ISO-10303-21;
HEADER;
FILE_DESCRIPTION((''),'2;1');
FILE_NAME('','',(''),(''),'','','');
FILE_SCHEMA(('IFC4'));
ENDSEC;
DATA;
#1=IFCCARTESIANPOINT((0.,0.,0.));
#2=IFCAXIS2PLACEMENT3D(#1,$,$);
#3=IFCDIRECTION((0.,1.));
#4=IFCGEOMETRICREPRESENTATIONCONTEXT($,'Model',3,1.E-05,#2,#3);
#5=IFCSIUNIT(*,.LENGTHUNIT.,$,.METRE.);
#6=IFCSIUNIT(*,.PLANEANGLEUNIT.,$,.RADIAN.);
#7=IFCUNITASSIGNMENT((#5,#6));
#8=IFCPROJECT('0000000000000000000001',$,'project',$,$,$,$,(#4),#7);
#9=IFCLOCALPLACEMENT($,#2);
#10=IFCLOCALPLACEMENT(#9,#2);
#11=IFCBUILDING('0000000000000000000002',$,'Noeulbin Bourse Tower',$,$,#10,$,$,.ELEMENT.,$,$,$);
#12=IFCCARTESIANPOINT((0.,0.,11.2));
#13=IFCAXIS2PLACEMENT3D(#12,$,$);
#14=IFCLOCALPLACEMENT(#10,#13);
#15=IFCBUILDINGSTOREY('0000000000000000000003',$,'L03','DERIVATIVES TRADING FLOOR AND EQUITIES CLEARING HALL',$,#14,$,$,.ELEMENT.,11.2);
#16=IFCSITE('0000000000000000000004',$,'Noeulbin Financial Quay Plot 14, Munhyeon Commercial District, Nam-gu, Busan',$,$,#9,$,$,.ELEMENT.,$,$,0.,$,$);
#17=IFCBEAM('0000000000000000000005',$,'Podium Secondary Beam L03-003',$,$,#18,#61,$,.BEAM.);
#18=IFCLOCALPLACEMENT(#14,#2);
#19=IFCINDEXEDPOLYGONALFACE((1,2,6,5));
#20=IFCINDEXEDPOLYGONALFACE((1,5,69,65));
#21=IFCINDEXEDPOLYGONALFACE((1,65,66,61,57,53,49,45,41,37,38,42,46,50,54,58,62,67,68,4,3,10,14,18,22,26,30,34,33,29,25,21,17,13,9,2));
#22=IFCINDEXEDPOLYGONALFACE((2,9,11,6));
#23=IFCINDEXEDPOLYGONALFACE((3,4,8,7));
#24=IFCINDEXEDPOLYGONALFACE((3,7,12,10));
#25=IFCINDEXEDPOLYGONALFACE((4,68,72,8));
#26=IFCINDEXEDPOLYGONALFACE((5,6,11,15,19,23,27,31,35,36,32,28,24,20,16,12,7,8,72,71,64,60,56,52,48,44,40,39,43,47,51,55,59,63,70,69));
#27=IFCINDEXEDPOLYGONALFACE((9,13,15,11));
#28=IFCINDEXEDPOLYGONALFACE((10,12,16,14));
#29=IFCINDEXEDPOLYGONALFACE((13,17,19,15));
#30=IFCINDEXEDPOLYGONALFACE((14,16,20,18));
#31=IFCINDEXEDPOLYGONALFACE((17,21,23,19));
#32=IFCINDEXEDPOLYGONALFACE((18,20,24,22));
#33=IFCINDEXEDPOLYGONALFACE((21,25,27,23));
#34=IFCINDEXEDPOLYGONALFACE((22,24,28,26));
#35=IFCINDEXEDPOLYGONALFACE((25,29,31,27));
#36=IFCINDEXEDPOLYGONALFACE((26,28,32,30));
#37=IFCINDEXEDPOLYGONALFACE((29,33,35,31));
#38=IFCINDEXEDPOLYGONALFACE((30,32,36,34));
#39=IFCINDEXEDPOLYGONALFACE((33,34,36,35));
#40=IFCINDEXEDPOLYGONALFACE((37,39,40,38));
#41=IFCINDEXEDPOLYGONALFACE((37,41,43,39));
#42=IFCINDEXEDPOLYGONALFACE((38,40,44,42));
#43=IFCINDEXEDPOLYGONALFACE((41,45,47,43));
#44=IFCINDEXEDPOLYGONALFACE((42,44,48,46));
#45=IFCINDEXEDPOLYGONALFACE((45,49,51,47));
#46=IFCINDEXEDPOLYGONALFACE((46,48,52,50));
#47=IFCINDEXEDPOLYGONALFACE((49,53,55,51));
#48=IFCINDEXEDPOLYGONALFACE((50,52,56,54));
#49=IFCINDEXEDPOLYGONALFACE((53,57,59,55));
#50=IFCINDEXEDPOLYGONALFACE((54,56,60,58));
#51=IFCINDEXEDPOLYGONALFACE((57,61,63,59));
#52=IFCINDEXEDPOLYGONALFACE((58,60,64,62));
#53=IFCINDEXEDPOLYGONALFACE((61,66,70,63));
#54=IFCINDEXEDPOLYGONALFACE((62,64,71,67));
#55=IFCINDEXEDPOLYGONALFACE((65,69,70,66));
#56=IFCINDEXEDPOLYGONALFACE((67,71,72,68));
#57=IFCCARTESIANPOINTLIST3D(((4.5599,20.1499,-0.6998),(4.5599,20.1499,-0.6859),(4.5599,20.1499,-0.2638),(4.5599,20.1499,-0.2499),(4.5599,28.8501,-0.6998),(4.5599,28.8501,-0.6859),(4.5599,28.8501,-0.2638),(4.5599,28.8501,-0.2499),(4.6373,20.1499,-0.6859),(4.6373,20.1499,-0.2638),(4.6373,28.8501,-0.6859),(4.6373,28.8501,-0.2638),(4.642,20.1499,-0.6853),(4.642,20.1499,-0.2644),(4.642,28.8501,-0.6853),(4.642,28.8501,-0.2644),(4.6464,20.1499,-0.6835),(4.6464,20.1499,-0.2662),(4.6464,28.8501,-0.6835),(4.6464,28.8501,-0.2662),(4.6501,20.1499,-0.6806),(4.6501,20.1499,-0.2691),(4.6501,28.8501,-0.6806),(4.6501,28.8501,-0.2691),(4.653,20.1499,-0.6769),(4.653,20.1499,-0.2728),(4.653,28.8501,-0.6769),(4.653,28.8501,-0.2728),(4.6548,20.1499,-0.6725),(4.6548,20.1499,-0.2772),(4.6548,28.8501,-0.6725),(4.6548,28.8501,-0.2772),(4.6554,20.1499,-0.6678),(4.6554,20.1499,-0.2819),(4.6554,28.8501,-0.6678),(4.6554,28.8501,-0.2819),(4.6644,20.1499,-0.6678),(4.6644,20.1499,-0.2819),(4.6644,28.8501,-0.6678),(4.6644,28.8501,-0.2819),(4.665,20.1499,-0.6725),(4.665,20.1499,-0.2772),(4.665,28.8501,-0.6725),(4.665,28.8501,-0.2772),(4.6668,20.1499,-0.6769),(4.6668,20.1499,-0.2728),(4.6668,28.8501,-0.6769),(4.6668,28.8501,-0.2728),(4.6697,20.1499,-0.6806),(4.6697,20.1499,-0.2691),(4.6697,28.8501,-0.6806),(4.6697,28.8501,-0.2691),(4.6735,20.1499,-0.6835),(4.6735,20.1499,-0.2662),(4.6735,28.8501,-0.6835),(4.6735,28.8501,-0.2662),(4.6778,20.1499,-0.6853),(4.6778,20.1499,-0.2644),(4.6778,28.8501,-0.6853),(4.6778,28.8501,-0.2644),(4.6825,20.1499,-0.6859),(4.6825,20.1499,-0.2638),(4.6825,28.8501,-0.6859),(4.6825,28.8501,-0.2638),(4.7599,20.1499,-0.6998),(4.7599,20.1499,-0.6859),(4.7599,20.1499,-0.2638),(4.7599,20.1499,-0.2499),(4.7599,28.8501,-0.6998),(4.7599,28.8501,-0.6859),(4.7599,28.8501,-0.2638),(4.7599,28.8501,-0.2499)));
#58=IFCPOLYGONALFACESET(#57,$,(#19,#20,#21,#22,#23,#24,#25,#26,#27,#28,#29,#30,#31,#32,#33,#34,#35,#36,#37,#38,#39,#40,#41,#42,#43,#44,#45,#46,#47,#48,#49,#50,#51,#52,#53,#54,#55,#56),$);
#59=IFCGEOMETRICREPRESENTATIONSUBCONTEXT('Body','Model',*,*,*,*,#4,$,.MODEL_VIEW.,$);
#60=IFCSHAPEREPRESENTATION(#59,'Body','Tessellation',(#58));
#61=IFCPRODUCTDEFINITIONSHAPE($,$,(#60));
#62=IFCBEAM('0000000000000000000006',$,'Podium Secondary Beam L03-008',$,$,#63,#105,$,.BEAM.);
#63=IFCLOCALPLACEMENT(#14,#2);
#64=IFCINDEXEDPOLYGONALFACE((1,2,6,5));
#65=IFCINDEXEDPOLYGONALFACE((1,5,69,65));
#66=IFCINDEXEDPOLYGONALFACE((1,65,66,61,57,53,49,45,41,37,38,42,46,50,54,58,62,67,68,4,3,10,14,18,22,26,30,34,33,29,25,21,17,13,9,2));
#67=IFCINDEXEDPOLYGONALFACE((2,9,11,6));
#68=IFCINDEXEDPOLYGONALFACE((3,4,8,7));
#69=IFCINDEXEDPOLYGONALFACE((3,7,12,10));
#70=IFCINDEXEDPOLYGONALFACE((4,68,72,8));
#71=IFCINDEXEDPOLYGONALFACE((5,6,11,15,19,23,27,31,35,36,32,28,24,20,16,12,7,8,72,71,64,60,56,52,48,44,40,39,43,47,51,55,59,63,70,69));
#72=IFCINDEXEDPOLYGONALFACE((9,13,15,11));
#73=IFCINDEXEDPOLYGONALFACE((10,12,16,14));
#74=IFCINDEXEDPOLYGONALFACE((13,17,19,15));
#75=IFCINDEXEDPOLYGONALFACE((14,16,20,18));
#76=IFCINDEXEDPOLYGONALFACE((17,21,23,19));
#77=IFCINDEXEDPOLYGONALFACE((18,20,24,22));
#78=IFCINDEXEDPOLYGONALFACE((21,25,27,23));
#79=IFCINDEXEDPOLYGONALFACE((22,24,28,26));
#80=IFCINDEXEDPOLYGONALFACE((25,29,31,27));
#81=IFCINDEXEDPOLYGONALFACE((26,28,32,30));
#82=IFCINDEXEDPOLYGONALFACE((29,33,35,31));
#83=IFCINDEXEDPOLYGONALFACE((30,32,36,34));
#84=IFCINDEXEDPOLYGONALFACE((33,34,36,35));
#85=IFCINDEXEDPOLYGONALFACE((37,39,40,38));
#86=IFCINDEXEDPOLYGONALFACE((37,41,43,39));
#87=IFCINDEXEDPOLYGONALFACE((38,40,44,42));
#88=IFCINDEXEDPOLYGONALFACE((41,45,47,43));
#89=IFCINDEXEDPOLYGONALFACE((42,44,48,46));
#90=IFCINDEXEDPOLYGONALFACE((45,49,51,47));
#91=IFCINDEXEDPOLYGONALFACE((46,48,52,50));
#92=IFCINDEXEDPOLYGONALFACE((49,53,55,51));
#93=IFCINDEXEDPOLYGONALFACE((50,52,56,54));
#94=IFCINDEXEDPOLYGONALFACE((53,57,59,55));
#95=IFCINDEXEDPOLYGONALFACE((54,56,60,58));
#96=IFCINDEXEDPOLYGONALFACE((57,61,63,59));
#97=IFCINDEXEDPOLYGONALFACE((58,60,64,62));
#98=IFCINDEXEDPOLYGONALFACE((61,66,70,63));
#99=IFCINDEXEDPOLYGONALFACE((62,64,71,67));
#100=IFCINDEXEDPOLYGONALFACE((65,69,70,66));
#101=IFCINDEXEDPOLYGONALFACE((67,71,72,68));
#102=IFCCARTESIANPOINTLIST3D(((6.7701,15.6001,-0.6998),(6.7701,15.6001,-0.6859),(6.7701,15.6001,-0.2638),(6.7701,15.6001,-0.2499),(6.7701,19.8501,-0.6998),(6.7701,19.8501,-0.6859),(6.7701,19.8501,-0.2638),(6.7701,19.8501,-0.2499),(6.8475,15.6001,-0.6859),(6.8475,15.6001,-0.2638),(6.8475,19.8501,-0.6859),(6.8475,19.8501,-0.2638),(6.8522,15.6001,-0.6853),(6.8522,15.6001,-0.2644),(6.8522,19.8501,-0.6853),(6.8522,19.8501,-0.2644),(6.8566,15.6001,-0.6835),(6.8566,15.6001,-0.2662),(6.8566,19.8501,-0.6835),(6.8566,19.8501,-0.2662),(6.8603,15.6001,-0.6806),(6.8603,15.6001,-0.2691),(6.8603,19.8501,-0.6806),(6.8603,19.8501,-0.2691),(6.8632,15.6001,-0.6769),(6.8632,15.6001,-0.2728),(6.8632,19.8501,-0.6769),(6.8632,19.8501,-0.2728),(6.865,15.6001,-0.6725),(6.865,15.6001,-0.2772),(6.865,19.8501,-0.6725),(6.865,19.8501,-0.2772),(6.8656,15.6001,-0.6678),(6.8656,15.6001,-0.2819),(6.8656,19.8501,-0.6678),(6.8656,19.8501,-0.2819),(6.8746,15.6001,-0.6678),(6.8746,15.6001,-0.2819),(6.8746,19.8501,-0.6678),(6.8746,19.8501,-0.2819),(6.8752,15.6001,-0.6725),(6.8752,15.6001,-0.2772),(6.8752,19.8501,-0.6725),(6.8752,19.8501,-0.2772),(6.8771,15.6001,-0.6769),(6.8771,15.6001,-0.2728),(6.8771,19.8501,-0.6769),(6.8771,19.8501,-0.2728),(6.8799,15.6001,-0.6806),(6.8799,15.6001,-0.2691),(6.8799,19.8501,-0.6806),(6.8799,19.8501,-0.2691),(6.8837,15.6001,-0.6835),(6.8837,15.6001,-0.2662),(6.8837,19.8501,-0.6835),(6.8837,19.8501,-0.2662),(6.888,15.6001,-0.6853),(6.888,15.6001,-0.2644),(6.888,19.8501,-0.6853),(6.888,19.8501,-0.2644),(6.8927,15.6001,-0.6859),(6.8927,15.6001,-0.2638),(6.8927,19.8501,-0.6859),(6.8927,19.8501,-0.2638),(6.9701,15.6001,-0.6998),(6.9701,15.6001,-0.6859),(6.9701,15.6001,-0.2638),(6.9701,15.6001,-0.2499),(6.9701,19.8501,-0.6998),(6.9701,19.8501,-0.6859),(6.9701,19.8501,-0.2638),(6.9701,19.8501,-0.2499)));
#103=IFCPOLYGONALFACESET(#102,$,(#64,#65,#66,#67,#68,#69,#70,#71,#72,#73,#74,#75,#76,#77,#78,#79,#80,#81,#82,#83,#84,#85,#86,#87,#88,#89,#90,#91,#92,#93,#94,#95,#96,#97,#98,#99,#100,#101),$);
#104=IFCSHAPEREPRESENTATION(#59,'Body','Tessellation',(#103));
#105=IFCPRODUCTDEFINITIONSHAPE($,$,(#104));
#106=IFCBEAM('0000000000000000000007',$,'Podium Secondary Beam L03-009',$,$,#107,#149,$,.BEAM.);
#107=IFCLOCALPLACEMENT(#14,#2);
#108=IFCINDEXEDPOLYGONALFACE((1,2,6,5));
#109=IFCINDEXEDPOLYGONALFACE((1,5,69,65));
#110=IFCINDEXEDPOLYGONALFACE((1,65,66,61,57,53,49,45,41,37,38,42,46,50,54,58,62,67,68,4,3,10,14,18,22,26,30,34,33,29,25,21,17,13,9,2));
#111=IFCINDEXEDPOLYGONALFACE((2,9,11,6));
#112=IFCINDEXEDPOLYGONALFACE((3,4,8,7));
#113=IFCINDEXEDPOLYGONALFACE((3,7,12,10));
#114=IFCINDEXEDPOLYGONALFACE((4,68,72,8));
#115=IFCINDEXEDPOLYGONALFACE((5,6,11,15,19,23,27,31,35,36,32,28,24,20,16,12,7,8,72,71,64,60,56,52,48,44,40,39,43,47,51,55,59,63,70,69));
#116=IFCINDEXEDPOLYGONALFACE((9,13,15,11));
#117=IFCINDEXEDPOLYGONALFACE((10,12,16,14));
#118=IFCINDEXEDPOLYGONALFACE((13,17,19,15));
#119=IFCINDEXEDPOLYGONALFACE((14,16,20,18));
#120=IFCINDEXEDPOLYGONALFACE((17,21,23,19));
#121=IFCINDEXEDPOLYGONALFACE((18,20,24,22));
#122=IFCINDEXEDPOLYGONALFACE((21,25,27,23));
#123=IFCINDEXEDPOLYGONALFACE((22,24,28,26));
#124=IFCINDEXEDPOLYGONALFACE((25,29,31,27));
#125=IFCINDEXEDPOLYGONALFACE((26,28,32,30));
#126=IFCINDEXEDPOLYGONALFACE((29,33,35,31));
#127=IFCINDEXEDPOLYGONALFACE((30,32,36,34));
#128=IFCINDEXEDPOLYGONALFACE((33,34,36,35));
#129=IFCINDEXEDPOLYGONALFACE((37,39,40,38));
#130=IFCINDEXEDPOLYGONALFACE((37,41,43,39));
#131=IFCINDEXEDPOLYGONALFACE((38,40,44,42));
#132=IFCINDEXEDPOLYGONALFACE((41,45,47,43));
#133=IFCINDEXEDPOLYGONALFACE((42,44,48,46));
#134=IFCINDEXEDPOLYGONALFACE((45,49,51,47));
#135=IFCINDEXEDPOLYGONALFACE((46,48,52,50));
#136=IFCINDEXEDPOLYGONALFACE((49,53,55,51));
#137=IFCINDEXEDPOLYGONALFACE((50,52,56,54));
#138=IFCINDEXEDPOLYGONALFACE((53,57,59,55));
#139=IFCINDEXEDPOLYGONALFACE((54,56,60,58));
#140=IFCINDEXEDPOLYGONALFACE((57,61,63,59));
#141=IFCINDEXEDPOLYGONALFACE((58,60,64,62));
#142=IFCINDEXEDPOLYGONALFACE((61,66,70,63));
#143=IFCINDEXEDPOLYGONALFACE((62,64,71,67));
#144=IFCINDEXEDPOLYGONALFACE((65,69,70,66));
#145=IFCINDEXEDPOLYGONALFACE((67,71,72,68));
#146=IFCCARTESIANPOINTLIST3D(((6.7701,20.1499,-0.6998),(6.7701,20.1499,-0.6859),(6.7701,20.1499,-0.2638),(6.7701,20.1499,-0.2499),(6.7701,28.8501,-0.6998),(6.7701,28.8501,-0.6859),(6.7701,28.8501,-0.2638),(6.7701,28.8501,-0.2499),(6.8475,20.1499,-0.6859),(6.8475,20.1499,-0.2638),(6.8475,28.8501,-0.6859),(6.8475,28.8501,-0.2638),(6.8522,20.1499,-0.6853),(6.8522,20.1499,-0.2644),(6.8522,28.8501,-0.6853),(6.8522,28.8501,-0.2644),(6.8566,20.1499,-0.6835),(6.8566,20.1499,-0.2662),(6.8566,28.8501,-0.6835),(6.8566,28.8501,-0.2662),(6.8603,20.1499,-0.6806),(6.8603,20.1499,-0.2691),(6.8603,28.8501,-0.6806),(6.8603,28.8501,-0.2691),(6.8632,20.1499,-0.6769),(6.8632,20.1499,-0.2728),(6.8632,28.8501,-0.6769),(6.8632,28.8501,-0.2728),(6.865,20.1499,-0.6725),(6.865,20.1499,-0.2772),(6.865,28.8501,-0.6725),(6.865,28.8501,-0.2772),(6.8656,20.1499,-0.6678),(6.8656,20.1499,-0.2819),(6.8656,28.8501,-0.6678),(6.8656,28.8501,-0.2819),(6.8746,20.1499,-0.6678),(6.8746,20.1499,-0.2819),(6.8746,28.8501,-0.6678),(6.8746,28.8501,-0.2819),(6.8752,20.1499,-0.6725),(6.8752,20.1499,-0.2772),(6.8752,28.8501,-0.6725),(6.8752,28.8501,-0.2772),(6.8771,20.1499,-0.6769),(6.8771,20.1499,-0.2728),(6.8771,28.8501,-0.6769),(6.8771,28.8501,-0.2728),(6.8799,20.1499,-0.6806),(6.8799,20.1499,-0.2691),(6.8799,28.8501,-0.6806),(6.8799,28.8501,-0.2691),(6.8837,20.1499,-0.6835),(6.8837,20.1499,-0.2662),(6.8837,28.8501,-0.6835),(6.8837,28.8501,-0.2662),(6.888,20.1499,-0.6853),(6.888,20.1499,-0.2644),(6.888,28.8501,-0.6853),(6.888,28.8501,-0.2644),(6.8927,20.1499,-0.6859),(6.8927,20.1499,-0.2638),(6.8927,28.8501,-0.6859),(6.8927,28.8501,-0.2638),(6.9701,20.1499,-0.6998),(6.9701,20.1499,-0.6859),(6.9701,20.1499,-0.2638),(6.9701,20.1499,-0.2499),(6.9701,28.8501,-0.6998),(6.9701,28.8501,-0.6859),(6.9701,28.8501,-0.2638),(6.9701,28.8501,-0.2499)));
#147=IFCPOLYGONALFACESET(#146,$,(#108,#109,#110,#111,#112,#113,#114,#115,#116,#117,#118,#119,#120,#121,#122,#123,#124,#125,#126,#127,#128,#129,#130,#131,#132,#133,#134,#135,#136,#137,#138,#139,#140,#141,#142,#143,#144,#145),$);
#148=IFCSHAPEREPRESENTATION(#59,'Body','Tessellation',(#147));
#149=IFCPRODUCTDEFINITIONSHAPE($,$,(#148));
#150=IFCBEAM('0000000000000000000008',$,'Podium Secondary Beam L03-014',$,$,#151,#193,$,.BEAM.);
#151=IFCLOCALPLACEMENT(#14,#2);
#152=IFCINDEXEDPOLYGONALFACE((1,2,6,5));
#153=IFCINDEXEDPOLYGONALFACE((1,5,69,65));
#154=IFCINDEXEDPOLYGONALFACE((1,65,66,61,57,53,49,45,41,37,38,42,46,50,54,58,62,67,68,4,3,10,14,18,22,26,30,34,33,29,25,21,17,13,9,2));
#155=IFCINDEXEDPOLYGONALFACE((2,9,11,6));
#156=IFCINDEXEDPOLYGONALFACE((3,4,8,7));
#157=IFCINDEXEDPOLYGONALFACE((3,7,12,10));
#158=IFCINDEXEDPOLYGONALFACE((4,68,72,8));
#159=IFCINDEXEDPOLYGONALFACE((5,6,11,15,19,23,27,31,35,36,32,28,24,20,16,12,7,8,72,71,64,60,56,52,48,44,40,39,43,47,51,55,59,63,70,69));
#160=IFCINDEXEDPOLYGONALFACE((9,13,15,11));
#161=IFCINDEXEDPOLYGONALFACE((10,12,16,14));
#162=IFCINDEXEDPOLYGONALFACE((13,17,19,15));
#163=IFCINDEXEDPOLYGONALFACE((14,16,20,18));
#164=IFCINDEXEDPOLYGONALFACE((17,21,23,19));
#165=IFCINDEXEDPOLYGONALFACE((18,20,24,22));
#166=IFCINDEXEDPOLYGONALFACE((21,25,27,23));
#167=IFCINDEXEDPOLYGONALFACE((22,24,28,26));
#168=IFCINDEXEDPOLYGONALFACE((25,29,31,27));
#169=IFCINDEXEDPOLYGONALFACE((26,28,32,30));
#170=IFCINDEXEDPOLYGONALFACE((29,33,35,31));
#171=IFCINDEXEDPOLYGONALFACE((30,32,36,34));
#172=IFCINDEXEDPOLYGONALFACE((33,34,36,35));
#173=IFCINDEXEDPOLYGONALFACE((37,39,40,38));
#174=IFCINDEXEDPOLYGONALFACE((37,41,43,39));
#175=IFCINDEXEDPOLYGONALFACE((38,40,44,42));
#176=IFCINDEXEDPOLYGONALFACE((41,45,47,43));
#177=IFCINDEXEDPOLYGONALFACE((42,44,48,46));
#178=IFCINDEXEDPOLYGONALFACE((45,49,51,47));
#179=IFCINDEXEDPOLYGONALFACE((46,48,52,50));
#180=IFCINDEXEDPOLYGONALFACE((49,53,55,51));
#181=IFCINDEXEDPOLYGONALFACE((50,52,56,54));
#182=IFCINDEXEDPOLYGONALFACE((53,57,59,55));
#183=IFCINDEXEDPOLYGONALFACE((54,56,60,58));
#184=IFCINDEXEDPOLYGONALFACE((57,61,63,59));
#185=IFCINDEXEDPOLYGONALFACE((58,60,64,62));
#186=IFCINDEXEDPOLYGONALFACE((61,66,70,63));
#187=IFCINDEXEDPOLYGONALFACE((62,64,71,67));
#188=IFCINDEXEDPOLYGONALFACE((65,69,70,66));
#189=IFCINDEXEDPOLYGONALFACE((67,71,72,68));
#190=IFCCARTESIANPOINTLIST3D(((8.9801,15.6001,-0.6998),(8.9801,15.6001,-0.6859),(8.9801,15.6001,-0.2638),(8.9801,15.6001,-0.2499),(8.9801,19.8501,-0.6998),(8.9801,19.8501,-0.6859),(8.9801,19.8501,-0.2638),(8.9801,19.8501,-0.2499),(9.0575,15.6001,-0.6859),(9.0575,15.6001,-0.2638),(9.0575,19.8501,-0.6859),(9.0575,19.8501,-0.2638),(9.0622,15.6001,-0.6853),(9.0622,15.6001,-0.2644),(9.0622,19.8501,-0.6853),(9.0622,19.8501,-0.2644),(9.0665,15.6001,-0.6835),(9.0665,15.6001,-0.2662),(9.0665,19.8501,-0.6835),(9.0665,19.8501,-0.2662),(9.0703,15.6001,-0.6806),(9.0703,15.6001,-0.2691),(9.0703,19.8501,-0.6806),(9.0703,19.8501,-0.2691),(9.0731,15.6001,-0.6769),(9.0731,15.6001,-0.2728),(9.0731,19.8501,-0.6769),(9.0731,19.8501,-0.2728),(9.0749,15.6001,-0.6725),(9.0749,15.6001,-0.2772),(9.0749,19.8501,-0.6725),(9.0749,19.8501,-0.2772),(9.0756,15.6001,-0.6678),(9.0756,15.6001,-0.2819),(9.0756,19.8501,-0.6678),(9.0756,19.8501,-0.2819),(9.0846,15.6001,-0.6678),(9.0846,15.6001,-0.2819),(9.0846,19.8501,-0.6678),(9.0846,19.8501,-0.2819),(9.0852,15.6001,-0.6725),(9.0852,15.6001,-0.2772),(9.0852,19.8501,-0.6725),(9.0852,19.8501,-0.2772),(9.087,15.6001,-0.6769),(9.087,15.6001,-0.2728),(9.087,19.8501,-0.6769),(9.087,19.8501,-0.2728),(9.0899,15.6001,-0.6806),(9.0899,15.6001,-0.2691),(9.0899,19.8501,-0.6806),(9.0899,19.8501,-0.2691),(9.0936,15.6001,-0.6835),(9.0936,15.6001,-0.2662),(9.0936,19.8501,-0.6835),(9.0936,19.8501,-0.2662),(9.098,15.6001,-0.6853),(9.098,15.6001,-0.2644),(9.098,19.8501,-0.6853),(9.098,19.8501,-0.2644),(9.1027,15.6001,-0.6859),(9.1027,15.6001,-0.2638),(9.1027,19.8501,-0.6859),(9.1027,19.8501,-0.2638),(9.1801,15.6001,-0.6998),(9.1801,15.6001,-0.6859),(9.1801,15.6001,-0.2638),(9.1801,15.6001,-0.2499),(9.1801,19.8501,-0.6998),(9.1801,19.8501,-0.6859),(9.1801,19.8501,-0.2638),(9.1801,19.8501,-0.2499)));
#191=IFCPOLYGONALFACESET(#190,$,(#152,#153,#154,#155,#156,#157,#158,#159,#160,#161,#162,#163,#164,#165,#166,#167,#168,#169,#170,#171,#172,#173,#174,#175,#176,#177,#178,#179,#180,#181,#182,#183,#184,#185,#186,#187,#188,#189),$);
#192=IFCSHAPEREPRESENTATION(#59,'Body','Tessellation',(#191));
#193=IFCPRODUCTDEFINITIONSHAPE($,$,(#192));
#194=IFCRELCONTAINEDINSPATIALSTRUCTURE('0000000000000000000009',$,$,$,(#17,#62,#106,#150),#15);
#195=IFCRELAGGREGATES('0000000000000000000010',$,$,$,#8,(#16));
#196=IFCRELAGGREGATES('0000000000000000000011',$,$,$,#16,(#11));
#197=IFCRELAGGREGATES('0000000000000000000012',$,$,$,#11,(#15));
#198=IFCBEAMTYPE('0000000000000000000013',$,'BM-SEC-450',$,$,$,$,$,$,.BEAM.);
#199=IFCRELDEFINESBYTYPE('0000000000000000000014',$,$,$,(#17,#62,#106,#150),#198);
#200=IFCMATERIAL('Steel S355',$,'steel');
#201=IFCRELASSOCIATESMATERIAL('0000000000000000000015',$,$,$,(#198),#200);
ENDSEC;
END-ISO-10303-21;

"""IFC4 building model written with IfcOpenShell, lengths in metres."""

from ifc_helpers import new_model, si_unit, direction, frame, origin, origin_2d, place, context, subcontext, project, spatial, i_section, extrude, material, material_profile, profile_set, type_object, element, save


model = new_model("IFC4")

# Units and contexts
model_context = context("Model", 3, precision=1e-05, world=origin(), true_north=direction((0.0, 1.0)))
body_context = subcontext(model_context, "Body", "Model", "MODEL_VIEW")
ifc_project = project(units=[si_unit("LENGTHUNIT", "METRE"), si_unit("PLANEANGLEUNIT", "RADIAN")], contexts=[model_context])

# Site, building, storey
site_placement = place(None, origin())
site = spatial("IfcSite", under=ifc_project, at=site_placement, Name="Noeulbin Financial Quay Plot 14, Munhyeon Commercial District, Nam-gu, Busan", CompositionType="ELEMENT", RefElevation=0.0)
building_placement = place(site_placement, origin())
building = spatial("IfcBuilding", under=site, at=building_placement, Name="Noeulbin Bourse Tower", CompositionType="ELEMENT")
storey_placement = place(building_placement, frame((0.0, 0.0, 11.2)))
storey = spatial("IfcBuildingStorey", under=building, at=storey_placement, Name="L03", Description="DERIVATIVES TRADING FLOOR AND EQUITIES CLEARING HALL", CompositionType="ELEMENT", Elevation=11.2)

# Beams
ifc_material_1 = material(Name="Steel S355", Category="steel")
ifc_material_profile_1 = material_profile(ifc_material_1, i_section(OverallWidth=0.2, OverallDepth=0.45, WebThickness=0.009, FlangeThickness=0.0139, FilletRadius=0.0181, at=origin_2d()), Name="H-450x200x9x14", Category="LoadBearing")
ifc_profile_set_1 = profile_set([ifc_material_profile_1], Name="Steel S355")
beam_type_1 = type_object("IfcBeamType", Name="BM-SEC-450", PredefinedType="BEAM", material=ifc_profile_set_1)
beam_1_placement = place(storey_placement, frame((4.6599, 20.1499, -0.4749), z_axis=(0.0, 1.0, 0.0), x_axis=(-1.0, 0.0, 0.0)))
element("IfcBeam", 1, at=beam_1_placement, inside=storey, type_object=beam_type_1, Name="Podium Secondary Beam L03-003", PredefinedType="BEAM", context=body_context, shape_type="SweptSolid", body=[
    extrude(i_section(OverallWidth=0.2, OverallDepth=0.45, WebThickness=0.009, FlangeThickness=0.0139, FilletRadius=0.0181, at=origin_2d()), origin(), (0.0, 0.0, 1.0), 8.7002),
])
beam_2_placement = place(storey_placement, frame((6.8701, 15.6001, -0.4749), z_axis=(0.0, 1.0, 0.0), x_axis=(-1.0, 0.0, 0.0)))
element("IfcBeam", 2, at=beam_2_placement, inside=storey, type_object=beam_type_1, Name="Podium Secondary Beam L03-008", PredefinedType="BEAM", context=body_context, shape_type="SweptSolid", body=[
    extrude(i_section(OverallWidth=0.2, OverallDepth=0.45, WebThickness=0.009, FlangeThickness=0.0139, FilletRadius=0.0181, at=origin_2d()), origin(), (0.0, 0.0, 1.0), 4.25),
])
beam_3_placement = place(storey_placement, frame((6.8701, 20.1499, -0.4749), z_axis=(0.0, 1.0, 0.0), x_axis=(-1.0, 0.0, 0.0)))
element("IfcBeam", 3, at=beam_3_placement, inside=storey, type_object=beam_type_1, Name="Podium Secondary Beam L03-009", PredefinedType="BEAM", context=body_context, shape_type="SweptSolid", body=[
    extrude(i_section(OverallWidth=0.2, OverallDepth=0.45, WebThickness=0.009, FlangeThickness=0.0139, FilletRadius=0.0181, at=origin_2d()), origin(), (0.0, 0.0, 1.0), 8.7002),
])
for number, where, z_axis, x_axis, name in (
    (4, (9.0801, 15.6001, -0.4749), (0.0, 1.0, 0.0), (-1.0, 0.0, 0.0), "Podium Secondary Beam L03-014"),
):
    element("IfcBeam", number, at=place(storey_placement, frame(where, z_axis=z_axis, x_axis=x_axis)), inside=storey, type_object=beam_type_1, Name=name, PredefinedType="BEAM", context=body_context, shape_type="SweptSolid", body=[
        extrude(i_section(OverallWidth=0.2, OverallDepth=0.45, WebThickness=0.009, FlangeThickness=0.0139, FilletRadius=0.0181, at=origin_2d()), origin(), (0.0, 0.0, 1.0), 4.25),
    ])

save(model, "model.ifc")
